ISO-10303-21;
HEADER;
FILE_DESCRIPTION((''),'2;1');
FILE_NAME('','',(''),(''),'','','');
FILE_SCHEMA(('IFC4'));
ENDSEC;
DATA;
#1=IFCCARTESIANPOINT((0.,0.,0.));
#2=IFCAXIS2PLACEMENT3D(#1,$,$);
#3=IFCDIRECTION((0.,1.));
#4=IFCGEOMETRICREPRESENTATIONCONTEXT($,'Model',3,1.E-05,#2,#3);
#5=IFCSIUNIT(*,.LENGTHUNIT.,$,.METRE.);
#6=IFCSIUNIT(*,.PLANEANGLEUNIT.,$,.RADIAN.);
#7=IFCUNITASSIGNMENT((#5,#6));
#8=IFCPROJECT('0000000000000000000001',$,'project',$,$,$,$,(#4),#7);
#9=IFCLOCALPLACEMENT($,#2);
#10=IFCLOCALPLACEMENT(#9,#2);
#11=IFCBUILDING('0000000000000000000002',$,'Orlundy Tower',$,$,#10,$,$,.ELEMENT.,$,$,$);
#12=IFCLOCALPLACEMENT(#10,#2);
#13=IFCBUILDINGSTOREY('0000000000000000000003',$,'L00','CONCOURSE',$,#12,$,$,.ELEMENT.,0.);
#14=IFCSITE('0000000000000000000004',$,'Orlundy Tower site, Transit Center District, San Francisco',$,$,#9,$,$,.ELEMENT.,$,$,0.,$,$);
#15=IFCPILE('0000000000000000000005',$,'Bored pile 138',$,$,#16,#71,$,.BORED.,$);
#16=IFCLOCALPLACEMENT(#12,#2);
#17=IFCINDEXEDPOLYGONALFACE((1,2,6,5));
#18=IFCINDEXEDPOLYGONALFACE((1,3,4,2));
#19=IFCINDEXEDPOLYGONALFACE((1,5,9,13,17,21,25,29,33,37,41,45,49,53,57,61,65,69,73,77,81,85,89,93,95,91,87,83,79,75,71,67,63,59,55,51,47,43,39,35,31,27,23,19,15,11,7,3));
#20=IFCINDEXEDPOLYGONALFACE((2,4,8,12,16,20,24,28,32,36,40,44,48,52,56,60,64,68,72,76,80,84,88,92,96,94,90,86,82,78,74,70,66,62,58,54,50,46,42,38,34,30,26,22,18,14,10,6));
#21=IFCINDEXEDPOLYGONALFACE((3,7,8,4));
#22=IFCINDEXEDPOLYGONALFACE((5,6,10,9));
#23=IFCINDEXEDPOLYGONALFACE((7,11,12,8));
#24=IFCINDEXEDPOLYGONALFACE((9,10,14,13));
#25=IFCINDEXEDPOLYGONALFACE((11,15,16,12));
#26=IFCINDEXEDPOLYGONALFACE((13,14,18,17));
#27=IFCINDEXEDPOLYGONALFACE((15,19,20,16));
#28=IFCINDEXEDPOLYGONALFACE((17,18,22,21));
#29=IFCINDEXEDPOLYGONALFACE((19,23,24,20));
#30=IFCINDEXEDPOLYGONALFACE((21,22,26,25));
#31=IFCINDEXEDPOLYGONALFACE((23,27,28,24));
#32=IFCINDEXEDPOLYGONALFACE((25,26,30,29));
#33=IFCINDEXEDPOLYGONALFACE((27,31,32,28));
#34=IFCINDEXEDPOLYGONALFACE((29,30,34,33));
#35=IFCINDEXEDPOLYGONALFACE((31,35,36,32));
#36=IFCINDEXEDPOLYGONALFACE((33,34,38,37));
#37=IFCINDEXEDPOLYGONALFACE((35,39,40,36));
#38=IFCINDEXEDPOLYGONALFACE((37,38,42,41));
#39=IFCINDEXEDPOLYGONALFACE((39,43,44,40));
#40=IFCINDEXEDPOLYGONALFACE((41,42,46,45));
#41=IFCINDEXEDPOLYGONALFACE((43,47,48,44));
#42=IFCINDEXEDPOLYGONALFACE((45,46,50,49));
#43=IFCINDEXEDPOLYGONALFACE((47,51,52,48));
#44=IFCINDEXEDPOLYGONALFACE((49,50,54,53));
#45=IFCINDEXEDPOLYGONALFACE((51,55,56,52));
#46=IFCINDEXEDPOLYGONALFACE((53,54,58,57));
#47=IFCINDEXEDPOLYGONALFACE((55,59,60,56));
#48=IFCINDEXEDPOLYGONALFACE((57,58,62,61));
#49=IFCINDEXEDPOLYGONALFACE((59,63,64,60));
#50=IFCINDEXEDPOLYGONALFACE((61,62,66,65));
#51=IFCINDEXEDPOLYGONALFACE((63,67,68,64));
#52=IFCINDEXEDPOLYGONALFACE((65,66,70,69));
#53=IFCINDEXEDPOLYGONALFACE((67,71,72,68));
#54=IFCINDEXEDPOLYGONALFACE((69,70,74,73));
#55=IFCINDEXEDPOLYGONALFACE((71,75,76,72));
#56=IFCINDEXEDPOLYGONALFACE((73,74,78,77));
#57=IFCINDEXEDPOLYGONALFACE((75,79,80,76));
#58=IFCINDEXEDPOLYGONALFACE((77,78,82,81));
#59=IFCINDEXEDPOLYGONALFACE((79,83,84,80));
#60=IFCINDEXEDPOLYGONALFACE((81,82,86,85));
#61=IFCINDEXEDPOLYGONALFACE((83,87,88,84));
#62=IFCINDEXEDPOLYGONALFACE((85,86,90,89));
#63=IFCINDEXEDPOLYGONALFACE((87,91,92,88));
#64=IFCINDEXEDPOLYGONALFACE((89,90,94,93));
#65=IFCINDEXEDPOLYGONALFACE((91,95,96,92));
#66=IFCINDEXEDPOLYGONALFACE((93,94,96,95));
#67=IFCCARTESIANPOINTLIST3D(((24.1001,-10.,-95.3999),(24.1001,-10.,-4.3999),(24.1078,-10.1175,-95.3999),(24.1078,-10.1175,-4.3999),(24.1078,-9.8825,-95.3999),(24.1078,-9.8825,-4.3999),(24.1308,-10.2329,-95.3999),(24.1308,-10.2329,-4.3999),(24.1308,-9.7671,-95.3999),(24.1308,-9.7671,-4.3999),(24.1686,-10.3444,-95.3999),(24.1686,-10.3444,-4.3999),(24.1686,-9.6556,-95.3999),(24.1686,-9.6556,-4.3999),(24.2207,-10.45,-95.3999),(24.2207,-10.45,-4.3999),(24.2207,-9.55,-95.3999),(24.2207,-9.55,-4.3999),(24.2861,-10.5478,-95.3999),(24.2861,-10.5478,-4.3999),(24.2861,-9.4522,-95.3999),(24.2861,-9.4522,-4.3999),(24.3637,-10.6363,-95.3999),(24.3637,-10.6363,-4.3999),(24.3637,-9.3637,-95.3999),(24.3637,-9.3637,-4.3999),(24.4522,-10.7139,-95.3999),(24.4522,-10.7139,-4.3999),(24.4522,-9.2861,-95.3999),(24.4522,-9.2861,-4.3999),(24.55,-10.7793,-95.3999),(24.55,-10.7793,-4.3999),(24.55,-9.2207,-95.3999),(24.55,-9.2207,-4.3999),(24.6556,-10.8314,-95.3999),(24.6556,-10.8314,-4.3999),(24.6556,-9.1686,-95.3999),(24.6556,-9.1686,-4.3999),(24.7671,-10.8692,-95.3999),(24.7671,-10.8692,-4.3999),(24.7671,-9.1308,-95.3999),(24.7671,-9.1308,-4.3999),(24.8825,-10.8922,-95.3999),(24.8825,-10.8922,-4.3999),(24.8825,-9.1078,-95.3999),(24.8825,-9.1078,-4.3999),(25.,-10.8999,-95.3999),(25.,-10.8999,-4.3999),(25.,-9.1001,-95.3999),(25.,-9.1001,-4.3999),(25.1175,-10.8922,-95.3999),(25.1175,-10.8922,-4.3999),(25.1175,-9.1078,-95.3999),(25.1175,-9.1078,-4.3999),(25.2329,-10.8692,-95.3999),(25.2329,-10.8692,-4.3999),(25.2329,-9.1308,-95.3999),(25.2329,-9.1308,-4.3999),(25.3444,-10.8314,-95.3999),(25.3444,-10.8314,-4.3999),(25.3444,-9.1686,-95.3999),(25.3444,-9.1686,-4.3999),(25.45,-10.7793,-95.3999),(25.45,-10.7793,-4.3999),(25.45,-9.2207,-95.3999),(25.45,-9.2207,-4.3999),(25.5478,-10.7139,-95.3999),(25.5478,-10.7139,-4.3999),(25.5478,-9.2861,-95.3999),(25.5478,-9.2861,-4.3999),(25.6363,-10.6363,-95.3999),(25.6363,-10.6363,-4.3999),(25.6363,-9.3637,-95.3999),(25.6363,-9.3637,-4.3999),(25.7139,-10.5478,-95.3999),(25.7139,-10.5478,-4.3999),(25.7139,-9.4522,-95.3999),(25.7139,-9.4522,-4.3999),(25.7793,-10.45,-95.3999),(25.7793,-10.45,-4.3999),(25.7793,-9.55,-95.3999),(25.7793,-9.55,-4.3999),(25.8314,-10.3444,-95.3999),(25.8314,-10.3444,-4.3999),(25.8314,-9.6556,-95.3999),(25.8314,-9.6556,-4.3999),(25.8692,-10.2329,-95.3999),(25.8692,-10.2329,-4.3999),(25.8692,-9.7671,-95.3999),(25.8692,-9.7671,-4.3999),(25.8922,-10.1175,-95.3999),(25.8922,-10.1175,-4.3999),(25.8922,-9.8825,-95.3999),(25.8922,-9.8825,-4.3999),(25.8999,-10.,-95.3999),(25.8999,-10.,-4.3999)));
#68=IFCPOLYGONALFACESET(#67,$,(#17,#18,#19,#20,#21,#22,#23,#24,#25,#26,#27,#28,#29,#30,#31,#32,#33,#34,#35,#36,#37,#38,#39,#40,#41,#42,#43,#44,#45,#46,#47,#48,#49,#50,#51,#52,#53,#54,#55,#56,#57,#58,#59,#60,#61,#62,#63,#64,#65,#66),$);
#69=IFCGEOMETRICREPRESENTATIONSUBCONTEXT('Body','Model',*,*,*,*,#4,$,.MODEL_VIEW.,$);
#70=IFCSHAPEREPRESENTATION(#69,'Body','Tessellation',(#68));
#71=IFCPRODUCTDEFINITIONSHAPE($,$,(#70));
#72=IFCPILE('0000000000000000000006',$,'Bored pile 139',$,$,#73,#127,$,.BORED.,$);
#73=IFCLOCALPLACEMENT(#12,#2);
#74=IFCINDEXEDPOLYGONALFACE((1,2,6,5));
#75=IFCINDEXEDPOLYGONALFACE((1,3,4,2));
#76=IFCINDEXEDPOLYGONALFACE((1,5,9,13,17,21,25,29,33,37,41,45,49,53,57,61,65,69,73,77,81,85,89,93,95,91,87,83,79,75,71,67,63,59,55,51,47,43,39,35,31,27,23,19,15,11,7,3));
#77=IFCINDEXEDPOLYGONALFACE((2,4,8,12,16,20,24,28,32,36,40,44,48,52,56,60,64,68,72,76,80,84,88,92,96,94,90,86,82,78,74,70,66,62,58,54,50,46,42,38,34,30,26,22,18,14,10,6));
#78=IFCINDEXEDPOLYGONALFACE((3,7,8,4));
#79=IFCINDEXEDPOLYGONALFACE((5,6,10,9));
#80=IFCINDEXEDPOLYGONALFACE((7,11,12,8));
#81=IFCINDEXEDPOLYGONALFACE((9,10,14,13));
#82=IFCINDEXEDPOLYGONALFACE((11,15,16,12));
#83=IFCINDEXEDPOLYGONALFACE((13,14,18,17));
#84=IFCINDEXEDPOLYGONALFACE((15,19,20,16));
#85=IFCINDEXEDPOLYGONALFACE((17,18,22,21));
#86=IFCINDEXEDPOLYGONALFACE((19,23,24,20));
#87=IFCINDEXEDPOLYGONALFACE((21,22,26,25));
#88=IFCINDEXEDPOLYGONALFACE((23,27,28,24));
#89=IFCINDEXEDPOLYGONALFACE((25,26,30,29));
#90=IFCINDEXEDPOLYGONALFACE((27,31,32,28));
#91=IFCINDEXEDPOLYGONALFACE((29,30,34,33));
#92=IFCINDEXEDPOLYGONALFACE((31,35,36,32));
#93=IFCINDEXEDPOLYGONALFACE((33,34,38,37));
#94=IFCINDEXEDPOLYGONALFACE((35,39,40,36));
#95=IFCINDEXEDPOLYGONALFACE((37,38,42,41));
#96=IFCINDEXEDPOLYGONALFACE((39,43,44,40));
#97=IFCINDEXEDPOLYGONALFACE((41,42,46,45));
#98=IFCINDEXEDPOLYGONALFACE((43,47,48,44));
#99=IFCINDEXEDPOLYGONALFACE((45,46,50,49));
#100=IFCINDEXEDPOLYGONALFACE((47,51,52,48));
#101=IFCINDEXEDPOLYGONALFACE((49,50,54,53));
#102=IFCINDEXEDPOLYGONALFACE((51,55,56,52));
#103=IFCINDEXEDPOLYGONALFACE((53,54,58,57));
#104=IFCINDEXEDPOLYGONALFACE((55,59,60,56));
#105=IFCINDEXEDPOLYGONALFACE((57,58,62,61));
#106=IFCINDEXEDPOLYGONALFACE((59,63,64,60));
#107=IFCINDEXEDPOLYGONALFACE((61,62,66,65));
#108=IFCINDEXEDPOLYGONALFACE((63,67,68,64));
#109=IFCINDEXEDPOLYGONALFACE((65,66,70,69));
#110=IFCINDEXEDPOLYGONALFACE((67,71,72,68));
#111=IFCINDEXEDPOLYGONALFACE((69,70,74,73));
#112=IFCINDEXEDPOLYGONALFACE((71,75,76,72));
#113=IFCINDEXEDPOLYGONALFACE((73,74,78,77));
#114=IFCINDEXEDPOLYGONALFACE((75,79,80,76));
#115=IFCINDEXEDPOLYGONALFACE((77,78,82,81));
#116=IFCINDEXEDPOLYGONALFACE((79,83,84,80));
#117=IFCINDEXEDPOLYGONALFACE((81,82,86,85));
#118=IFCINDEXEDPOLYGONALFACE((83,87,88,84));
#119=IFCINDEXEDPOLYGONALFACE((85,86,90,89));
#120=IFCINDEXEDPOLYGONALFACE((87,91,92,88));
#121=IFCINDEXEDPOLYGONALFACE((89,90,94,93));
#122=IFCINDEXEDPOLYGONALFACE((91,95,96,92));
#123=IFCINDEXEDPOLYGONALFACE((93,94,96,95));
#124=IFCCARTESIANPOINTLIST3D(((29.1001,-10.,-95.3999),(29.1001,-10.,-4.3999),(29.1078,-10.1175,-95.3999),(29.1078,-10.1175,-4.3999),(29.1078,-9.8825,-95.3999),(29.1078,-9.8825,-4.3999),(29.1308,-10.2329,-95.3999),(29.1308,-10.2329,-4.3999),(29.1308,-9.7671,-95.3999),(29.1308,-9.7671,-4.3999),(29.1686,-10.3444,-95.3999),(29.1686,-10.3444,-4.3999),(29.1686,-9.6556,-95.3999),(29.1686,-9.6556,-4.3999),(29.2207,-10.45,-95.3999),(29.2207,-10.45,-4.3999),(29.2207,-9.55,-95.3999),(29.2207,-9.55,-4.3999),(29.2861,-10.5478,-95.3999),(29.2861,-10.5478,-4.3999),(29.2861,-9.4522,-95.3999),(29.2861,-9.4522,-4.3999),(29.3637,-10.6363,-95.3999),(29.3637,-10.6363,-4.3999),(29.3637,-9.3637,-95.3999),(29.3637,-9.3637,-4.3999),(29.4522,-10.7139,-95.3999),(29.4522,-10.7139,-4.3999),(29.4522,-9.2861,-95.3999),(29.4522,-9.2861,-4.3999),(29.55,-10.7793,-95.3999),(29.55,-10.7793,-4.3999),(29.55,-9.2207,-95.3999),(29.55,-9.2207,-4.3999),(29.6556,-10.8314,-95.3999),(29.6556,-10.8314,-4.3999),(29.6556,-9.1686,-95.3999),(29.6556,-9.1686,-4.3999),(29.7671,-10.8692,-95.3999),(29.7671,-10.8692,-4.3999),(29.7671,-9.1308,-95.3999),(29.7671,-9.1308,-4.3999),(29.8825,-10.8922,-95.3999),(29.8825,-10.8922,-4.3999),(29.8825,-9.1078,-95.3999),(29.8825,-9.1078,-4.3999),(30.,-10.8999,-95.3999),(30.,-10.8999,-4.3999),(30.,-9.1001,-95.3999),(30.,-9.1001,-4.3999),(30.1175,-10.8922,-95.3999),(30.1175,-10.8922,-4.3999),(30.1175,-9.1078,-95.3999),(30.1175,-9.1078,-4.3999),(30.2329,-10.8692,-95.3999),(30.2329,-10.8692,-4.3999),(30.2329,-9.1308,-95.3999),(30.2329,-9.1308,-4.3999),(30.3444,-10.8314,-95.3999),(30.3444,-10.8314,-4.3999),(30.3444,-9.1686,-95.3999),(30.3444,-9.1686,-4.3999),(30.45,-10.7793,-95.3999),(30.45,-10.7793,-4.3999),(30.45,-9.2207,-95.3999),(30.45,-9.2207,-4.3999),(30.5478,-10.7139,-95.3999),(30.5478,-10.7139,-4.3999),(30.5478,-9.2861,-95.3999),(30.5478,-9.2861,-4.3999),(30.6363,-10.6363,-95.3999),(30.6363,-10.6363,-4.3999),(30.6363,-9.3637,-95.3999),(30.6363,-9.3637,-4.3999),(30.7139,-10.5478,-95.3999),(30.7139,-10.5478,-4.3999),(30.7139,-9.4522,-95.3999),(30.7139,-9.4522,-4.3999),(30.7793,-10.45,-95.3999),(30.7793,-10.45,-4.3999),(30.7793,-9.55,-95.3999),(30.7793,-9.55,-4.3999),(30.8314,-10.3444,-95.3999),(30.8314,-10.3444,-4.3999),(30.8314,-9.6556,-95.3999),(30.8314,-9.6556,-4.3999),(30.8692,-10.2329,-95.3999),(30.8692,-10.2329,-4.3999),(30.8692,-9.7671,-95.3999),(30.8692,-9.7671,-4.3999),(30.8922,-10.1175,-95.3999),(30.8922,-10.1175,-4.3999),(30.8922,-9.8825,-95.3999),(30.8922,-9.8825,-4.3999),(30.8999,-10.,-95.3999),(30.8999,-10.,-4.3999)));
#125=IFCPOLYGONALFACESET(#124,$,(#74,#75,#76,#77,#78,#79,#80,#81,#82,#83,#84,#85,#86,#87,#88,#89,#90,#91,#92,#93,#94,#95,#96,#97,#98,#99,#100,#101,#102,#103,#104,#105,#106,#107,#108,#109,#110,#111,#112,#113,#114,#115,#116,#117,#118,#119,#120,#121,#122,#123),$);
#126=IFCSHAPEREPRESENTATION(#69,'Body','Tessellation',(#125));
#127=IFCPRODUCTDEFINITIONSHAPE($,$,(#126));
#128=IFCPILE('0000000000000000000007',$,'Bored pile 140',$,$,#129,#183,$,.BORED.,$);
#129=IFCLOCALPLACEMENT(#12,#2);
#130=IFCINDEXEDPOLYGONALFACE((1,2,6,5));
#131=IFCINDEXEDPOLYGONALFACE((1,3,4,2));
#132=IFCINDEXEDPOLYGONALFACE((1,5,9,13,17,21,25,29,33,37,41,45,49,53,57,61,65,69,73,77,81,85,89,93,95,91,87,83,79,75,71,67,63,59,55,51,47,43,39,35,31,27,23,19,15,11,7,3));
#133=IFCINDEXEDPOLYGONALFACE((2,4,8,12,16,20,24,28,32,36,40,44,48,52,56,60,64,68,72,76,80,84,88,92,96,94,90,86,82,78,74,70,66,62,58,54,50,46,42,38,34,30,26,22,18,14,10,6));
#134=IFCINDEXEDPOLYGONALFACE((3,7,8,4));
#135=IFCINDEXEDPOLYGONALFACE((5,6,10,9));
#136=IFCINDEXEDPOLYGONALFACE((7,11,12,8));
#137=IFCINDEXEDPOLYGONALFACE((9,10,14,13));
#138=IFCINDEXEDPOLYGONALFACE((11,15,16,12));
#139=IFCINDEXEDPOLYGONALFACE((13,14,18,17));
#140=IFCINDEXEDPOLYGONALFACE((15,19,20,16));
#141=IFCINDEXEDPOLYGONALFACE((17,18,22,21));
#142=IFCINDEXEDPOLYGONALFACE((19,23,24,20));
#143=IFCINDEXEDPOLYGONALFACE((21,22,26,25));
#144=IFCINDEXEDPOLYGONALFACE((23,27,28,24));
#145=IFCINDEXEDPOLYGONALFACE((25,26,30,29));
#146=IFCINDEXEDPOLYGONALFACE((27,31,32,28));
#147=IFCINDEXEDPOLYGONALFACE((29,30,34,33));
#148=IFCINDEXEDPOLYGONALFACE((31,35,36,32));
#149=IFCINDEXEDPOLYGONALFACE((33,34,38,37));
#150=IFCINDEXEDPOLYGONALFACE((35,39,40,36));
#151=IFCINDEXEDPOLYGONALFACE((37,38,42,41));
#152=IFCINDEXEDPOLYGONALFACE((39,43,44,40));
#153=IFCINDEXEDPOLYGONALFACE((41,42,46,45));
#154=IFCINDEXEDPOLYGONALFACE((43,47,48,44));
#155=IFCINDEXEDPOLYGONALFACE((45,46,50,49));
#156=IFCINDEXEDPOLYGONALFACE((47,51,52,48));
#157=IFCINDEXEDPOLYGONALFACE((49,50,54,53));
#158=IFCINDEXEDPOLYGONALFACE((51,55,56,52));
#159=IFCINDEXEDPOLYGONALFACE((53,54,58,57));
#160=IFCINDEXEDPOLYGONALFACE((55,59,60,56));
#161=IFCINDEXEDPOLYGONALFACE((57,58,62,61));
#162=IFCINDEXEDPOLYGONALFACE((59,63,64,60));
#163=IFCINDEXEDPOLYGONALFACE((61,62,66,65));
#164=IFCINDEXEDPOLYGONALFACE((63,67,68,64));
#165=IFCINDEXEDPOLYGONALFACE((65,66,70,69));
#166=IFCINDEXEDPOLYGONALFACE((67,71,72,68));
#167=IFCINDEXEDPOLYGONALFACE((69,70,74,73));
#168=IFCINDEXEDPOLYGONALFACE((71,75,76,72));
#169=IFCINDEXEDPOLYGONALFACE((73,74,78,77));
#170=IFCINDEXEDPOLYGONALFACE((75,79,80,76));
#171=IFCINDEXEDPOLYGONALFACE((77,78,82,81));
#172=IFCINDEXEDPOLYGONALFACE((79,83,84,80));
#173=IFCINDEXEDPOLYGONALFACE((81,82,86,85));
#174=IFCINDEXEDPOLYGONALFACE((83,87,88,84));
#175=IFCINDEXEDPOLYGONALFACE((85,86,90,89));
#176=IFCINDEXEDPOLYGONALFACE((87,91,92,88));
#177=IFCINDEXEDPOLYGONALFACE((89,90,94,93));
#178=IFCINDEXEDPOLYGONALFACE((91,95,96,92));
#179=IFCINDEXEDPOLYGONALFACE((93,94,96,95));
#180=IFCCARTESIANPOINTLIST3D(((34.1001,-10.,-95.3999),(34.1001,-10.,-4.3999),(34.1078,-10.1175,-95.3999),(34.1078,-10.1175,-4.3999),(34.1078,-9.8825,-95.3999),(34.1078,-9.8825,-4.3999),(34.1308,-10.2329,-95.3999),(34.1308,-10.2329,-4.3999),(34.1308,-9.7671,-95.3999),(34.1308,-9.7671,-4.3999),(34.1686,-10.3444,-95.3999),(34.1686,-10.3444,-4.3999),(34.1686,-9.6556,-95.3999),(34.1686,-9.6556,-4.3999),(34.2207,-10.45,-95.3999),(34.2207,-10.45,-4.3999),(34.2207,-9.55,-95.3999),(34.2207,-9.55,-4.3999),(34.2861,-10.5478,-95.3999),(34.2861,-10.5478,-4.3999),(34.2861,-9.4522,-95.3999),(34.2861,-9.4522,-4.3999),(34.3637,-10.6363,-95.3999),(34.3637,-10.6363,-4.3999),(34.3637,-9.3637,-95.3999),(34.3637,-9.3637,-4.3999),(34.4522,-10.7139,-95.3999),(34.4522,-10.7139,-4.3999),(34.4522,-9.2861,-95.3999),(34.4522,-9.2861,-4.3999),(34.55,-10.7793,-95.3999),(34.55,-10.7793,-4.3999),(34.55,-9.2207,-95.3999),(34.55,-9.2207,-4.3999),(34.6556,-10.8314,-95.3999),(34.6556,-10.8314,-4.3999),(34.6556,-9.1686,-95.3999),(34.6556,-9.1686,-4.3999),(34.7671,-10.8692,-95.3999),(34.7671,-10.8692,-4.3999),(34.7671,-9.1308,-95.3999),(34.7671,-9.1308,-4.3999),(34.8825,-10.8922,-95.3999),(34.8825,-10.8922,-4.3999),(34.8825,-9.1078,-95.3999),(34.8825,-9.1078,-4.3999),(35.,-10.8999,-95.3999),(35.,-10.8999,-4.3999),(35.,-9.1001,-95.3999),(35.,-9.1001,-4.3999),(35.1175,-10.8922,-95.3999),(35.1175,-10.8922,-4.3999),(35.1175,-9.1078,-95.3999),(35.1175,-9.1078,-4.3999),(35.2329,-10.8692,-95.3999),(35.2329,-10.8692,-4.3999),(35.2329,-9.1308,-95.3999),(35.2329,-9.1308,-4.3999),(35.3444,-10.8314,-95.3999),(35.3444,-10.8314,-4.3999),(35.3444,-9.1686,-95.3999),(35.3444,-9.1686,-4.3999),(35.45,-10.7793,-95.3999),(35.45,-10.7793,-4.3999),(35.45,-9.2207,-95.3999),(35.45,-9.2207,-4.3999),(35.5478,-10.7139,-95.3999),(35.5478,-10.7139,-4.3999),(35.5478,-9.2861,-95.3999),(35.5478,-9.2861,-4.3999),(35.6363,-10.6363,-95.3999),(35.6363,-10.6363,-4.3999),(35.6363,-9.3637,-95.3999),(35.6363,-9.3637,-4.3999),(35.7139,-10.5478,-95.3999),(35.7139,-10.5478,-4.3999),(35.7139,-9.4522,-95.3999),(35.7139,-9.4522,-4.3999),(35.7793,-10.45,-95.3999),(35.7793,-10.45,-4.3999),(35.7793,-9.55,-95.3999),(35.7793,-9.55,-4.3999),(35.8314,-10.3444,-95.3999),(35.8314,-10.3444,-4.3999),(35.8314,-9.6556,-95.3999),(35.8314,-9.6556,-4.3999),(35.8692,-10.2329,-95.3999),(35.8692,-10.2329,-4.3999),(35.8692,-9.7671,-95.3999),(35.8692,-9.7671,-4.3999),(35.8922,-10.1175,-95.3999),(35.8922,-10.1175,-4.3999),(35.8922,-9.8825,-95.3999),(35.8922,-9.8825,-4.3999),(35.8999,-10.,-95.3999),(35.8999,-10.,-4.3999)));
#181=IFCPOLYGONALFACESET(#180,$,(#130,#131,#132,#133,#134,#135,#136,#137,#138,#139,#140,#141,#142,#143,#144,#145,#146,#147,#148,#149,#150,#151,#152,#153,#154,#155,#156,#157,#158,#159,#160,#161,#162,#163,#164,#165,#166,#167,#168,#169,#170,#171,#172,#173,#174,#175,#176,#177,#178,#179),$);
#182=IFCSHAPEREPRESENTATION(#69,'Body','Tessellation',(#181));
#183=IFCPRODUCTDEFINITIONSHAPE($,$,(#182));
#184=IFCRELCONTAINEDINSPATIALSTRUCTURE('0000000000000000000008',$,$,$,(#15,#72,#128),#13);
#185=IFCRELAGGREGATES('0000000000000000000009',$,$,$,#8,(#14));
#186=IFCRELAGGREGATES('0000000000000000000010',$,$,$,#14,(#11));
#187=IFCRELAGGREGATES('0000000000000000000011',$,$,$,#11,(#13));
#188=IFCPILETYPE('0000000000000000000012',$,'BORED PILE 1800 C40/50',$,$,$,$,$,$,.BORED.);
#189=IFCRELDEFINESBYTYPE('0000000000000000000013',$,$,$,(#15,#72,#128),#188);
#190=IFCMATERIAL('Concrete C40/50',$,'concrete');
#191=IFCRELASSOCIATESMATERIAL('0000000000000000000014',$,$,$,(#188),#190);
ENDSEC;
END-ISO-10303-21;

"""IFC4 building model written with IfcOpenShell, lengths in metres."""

from ifc_helpers import new_model, si_unit, direction, frame, origin, origin_2d, place, context, subcontext, project, spatial, circle, extrude, material, material_profile, profile_set, type_object, element, save


model = new_model("IFC4")

# Units and contexts
model_context = context("Model", 3, precision=1e-05, world=origin(), true_north=direction((0.0, 1.0)))
body_context = subcontext(model_context, "Body", "Model", "MODEL_VIEW")
ifc_project = project(units=[si_unit("LENGTHUNIT", "METRE"), si_unit("PLANEANGLEUNIT", "RADIAN")], contexts=[model_context])

# Site, building, storey
site_placement = place(None, origin())
site = spatial("IfcSite", under=ifc_project, at=site_placement, Name="Orlundy Tower site, Transit Center District, San Francisco", CompositionType="ELEMENT", RefElevation=0.0)
building_placement = place(site_placement, origin())
building = spatial("IfcBuilding", under=site, at=building_placement, Name="Orlundy Tower", CompositionType="ELEMENT")
storey_placement = place(building_placement, origin())
storey = spatial("IfcBuildingStorey", under=building, at=storey_placement, Name="L00", Description="CONCOURSE", CompositionType="ELEMENT", Elevation=0.0)

# Piles
ifc_material_1 = material(Name="Concrete C40/50", Category="concrete")
ifc_material_profile_1 = material_profile(ifc_material_1, circle(Radius=0.8999, at=origin_2d()), Name="BP1800")
ifc_profile_set_1 = profile_set([ifc_material_profile_1], Name="Concrete C40/50")
pile_type = type_object("IfcPileType", Name="BORED PILE 1800 C40/50", PredefinedType="BORED", material=ifc_profile_set_1)
for number, where, z_axis, x_axis, name in (
    (1, (25.0, -10.0, -4.3999), (0.0, 0.0, -1.0), (1.0, 0.0, 0.0), "Bored pile 138"),
    (2, (30.0, -10.0, -4.3999), (0.0, 0.0, -1.0), (1.0, 0.0, 0.0), "Bored pile 139"),
    (3, (35.0, -10.0, -4.3999), (0.0, 0.0, -1.0), (1.0, 0.0, 0.0), "Bored pile 140"),
):
    element("IfcPile", number, at=place(storey_placement, frame(where, z_axis=z_axis, x_axis=x_axis)), inside=storey, type_object=pile_type, Name=name, PredefinedType="BORED", context=body_context, shape_type="SweptSolid", body=[
        extrude(circle(Radius=0.8999, at=origin_2d()), origin(), (0.0, 0.0, 1.0), 91.0),
    ])

save(model, "model.ifc")
